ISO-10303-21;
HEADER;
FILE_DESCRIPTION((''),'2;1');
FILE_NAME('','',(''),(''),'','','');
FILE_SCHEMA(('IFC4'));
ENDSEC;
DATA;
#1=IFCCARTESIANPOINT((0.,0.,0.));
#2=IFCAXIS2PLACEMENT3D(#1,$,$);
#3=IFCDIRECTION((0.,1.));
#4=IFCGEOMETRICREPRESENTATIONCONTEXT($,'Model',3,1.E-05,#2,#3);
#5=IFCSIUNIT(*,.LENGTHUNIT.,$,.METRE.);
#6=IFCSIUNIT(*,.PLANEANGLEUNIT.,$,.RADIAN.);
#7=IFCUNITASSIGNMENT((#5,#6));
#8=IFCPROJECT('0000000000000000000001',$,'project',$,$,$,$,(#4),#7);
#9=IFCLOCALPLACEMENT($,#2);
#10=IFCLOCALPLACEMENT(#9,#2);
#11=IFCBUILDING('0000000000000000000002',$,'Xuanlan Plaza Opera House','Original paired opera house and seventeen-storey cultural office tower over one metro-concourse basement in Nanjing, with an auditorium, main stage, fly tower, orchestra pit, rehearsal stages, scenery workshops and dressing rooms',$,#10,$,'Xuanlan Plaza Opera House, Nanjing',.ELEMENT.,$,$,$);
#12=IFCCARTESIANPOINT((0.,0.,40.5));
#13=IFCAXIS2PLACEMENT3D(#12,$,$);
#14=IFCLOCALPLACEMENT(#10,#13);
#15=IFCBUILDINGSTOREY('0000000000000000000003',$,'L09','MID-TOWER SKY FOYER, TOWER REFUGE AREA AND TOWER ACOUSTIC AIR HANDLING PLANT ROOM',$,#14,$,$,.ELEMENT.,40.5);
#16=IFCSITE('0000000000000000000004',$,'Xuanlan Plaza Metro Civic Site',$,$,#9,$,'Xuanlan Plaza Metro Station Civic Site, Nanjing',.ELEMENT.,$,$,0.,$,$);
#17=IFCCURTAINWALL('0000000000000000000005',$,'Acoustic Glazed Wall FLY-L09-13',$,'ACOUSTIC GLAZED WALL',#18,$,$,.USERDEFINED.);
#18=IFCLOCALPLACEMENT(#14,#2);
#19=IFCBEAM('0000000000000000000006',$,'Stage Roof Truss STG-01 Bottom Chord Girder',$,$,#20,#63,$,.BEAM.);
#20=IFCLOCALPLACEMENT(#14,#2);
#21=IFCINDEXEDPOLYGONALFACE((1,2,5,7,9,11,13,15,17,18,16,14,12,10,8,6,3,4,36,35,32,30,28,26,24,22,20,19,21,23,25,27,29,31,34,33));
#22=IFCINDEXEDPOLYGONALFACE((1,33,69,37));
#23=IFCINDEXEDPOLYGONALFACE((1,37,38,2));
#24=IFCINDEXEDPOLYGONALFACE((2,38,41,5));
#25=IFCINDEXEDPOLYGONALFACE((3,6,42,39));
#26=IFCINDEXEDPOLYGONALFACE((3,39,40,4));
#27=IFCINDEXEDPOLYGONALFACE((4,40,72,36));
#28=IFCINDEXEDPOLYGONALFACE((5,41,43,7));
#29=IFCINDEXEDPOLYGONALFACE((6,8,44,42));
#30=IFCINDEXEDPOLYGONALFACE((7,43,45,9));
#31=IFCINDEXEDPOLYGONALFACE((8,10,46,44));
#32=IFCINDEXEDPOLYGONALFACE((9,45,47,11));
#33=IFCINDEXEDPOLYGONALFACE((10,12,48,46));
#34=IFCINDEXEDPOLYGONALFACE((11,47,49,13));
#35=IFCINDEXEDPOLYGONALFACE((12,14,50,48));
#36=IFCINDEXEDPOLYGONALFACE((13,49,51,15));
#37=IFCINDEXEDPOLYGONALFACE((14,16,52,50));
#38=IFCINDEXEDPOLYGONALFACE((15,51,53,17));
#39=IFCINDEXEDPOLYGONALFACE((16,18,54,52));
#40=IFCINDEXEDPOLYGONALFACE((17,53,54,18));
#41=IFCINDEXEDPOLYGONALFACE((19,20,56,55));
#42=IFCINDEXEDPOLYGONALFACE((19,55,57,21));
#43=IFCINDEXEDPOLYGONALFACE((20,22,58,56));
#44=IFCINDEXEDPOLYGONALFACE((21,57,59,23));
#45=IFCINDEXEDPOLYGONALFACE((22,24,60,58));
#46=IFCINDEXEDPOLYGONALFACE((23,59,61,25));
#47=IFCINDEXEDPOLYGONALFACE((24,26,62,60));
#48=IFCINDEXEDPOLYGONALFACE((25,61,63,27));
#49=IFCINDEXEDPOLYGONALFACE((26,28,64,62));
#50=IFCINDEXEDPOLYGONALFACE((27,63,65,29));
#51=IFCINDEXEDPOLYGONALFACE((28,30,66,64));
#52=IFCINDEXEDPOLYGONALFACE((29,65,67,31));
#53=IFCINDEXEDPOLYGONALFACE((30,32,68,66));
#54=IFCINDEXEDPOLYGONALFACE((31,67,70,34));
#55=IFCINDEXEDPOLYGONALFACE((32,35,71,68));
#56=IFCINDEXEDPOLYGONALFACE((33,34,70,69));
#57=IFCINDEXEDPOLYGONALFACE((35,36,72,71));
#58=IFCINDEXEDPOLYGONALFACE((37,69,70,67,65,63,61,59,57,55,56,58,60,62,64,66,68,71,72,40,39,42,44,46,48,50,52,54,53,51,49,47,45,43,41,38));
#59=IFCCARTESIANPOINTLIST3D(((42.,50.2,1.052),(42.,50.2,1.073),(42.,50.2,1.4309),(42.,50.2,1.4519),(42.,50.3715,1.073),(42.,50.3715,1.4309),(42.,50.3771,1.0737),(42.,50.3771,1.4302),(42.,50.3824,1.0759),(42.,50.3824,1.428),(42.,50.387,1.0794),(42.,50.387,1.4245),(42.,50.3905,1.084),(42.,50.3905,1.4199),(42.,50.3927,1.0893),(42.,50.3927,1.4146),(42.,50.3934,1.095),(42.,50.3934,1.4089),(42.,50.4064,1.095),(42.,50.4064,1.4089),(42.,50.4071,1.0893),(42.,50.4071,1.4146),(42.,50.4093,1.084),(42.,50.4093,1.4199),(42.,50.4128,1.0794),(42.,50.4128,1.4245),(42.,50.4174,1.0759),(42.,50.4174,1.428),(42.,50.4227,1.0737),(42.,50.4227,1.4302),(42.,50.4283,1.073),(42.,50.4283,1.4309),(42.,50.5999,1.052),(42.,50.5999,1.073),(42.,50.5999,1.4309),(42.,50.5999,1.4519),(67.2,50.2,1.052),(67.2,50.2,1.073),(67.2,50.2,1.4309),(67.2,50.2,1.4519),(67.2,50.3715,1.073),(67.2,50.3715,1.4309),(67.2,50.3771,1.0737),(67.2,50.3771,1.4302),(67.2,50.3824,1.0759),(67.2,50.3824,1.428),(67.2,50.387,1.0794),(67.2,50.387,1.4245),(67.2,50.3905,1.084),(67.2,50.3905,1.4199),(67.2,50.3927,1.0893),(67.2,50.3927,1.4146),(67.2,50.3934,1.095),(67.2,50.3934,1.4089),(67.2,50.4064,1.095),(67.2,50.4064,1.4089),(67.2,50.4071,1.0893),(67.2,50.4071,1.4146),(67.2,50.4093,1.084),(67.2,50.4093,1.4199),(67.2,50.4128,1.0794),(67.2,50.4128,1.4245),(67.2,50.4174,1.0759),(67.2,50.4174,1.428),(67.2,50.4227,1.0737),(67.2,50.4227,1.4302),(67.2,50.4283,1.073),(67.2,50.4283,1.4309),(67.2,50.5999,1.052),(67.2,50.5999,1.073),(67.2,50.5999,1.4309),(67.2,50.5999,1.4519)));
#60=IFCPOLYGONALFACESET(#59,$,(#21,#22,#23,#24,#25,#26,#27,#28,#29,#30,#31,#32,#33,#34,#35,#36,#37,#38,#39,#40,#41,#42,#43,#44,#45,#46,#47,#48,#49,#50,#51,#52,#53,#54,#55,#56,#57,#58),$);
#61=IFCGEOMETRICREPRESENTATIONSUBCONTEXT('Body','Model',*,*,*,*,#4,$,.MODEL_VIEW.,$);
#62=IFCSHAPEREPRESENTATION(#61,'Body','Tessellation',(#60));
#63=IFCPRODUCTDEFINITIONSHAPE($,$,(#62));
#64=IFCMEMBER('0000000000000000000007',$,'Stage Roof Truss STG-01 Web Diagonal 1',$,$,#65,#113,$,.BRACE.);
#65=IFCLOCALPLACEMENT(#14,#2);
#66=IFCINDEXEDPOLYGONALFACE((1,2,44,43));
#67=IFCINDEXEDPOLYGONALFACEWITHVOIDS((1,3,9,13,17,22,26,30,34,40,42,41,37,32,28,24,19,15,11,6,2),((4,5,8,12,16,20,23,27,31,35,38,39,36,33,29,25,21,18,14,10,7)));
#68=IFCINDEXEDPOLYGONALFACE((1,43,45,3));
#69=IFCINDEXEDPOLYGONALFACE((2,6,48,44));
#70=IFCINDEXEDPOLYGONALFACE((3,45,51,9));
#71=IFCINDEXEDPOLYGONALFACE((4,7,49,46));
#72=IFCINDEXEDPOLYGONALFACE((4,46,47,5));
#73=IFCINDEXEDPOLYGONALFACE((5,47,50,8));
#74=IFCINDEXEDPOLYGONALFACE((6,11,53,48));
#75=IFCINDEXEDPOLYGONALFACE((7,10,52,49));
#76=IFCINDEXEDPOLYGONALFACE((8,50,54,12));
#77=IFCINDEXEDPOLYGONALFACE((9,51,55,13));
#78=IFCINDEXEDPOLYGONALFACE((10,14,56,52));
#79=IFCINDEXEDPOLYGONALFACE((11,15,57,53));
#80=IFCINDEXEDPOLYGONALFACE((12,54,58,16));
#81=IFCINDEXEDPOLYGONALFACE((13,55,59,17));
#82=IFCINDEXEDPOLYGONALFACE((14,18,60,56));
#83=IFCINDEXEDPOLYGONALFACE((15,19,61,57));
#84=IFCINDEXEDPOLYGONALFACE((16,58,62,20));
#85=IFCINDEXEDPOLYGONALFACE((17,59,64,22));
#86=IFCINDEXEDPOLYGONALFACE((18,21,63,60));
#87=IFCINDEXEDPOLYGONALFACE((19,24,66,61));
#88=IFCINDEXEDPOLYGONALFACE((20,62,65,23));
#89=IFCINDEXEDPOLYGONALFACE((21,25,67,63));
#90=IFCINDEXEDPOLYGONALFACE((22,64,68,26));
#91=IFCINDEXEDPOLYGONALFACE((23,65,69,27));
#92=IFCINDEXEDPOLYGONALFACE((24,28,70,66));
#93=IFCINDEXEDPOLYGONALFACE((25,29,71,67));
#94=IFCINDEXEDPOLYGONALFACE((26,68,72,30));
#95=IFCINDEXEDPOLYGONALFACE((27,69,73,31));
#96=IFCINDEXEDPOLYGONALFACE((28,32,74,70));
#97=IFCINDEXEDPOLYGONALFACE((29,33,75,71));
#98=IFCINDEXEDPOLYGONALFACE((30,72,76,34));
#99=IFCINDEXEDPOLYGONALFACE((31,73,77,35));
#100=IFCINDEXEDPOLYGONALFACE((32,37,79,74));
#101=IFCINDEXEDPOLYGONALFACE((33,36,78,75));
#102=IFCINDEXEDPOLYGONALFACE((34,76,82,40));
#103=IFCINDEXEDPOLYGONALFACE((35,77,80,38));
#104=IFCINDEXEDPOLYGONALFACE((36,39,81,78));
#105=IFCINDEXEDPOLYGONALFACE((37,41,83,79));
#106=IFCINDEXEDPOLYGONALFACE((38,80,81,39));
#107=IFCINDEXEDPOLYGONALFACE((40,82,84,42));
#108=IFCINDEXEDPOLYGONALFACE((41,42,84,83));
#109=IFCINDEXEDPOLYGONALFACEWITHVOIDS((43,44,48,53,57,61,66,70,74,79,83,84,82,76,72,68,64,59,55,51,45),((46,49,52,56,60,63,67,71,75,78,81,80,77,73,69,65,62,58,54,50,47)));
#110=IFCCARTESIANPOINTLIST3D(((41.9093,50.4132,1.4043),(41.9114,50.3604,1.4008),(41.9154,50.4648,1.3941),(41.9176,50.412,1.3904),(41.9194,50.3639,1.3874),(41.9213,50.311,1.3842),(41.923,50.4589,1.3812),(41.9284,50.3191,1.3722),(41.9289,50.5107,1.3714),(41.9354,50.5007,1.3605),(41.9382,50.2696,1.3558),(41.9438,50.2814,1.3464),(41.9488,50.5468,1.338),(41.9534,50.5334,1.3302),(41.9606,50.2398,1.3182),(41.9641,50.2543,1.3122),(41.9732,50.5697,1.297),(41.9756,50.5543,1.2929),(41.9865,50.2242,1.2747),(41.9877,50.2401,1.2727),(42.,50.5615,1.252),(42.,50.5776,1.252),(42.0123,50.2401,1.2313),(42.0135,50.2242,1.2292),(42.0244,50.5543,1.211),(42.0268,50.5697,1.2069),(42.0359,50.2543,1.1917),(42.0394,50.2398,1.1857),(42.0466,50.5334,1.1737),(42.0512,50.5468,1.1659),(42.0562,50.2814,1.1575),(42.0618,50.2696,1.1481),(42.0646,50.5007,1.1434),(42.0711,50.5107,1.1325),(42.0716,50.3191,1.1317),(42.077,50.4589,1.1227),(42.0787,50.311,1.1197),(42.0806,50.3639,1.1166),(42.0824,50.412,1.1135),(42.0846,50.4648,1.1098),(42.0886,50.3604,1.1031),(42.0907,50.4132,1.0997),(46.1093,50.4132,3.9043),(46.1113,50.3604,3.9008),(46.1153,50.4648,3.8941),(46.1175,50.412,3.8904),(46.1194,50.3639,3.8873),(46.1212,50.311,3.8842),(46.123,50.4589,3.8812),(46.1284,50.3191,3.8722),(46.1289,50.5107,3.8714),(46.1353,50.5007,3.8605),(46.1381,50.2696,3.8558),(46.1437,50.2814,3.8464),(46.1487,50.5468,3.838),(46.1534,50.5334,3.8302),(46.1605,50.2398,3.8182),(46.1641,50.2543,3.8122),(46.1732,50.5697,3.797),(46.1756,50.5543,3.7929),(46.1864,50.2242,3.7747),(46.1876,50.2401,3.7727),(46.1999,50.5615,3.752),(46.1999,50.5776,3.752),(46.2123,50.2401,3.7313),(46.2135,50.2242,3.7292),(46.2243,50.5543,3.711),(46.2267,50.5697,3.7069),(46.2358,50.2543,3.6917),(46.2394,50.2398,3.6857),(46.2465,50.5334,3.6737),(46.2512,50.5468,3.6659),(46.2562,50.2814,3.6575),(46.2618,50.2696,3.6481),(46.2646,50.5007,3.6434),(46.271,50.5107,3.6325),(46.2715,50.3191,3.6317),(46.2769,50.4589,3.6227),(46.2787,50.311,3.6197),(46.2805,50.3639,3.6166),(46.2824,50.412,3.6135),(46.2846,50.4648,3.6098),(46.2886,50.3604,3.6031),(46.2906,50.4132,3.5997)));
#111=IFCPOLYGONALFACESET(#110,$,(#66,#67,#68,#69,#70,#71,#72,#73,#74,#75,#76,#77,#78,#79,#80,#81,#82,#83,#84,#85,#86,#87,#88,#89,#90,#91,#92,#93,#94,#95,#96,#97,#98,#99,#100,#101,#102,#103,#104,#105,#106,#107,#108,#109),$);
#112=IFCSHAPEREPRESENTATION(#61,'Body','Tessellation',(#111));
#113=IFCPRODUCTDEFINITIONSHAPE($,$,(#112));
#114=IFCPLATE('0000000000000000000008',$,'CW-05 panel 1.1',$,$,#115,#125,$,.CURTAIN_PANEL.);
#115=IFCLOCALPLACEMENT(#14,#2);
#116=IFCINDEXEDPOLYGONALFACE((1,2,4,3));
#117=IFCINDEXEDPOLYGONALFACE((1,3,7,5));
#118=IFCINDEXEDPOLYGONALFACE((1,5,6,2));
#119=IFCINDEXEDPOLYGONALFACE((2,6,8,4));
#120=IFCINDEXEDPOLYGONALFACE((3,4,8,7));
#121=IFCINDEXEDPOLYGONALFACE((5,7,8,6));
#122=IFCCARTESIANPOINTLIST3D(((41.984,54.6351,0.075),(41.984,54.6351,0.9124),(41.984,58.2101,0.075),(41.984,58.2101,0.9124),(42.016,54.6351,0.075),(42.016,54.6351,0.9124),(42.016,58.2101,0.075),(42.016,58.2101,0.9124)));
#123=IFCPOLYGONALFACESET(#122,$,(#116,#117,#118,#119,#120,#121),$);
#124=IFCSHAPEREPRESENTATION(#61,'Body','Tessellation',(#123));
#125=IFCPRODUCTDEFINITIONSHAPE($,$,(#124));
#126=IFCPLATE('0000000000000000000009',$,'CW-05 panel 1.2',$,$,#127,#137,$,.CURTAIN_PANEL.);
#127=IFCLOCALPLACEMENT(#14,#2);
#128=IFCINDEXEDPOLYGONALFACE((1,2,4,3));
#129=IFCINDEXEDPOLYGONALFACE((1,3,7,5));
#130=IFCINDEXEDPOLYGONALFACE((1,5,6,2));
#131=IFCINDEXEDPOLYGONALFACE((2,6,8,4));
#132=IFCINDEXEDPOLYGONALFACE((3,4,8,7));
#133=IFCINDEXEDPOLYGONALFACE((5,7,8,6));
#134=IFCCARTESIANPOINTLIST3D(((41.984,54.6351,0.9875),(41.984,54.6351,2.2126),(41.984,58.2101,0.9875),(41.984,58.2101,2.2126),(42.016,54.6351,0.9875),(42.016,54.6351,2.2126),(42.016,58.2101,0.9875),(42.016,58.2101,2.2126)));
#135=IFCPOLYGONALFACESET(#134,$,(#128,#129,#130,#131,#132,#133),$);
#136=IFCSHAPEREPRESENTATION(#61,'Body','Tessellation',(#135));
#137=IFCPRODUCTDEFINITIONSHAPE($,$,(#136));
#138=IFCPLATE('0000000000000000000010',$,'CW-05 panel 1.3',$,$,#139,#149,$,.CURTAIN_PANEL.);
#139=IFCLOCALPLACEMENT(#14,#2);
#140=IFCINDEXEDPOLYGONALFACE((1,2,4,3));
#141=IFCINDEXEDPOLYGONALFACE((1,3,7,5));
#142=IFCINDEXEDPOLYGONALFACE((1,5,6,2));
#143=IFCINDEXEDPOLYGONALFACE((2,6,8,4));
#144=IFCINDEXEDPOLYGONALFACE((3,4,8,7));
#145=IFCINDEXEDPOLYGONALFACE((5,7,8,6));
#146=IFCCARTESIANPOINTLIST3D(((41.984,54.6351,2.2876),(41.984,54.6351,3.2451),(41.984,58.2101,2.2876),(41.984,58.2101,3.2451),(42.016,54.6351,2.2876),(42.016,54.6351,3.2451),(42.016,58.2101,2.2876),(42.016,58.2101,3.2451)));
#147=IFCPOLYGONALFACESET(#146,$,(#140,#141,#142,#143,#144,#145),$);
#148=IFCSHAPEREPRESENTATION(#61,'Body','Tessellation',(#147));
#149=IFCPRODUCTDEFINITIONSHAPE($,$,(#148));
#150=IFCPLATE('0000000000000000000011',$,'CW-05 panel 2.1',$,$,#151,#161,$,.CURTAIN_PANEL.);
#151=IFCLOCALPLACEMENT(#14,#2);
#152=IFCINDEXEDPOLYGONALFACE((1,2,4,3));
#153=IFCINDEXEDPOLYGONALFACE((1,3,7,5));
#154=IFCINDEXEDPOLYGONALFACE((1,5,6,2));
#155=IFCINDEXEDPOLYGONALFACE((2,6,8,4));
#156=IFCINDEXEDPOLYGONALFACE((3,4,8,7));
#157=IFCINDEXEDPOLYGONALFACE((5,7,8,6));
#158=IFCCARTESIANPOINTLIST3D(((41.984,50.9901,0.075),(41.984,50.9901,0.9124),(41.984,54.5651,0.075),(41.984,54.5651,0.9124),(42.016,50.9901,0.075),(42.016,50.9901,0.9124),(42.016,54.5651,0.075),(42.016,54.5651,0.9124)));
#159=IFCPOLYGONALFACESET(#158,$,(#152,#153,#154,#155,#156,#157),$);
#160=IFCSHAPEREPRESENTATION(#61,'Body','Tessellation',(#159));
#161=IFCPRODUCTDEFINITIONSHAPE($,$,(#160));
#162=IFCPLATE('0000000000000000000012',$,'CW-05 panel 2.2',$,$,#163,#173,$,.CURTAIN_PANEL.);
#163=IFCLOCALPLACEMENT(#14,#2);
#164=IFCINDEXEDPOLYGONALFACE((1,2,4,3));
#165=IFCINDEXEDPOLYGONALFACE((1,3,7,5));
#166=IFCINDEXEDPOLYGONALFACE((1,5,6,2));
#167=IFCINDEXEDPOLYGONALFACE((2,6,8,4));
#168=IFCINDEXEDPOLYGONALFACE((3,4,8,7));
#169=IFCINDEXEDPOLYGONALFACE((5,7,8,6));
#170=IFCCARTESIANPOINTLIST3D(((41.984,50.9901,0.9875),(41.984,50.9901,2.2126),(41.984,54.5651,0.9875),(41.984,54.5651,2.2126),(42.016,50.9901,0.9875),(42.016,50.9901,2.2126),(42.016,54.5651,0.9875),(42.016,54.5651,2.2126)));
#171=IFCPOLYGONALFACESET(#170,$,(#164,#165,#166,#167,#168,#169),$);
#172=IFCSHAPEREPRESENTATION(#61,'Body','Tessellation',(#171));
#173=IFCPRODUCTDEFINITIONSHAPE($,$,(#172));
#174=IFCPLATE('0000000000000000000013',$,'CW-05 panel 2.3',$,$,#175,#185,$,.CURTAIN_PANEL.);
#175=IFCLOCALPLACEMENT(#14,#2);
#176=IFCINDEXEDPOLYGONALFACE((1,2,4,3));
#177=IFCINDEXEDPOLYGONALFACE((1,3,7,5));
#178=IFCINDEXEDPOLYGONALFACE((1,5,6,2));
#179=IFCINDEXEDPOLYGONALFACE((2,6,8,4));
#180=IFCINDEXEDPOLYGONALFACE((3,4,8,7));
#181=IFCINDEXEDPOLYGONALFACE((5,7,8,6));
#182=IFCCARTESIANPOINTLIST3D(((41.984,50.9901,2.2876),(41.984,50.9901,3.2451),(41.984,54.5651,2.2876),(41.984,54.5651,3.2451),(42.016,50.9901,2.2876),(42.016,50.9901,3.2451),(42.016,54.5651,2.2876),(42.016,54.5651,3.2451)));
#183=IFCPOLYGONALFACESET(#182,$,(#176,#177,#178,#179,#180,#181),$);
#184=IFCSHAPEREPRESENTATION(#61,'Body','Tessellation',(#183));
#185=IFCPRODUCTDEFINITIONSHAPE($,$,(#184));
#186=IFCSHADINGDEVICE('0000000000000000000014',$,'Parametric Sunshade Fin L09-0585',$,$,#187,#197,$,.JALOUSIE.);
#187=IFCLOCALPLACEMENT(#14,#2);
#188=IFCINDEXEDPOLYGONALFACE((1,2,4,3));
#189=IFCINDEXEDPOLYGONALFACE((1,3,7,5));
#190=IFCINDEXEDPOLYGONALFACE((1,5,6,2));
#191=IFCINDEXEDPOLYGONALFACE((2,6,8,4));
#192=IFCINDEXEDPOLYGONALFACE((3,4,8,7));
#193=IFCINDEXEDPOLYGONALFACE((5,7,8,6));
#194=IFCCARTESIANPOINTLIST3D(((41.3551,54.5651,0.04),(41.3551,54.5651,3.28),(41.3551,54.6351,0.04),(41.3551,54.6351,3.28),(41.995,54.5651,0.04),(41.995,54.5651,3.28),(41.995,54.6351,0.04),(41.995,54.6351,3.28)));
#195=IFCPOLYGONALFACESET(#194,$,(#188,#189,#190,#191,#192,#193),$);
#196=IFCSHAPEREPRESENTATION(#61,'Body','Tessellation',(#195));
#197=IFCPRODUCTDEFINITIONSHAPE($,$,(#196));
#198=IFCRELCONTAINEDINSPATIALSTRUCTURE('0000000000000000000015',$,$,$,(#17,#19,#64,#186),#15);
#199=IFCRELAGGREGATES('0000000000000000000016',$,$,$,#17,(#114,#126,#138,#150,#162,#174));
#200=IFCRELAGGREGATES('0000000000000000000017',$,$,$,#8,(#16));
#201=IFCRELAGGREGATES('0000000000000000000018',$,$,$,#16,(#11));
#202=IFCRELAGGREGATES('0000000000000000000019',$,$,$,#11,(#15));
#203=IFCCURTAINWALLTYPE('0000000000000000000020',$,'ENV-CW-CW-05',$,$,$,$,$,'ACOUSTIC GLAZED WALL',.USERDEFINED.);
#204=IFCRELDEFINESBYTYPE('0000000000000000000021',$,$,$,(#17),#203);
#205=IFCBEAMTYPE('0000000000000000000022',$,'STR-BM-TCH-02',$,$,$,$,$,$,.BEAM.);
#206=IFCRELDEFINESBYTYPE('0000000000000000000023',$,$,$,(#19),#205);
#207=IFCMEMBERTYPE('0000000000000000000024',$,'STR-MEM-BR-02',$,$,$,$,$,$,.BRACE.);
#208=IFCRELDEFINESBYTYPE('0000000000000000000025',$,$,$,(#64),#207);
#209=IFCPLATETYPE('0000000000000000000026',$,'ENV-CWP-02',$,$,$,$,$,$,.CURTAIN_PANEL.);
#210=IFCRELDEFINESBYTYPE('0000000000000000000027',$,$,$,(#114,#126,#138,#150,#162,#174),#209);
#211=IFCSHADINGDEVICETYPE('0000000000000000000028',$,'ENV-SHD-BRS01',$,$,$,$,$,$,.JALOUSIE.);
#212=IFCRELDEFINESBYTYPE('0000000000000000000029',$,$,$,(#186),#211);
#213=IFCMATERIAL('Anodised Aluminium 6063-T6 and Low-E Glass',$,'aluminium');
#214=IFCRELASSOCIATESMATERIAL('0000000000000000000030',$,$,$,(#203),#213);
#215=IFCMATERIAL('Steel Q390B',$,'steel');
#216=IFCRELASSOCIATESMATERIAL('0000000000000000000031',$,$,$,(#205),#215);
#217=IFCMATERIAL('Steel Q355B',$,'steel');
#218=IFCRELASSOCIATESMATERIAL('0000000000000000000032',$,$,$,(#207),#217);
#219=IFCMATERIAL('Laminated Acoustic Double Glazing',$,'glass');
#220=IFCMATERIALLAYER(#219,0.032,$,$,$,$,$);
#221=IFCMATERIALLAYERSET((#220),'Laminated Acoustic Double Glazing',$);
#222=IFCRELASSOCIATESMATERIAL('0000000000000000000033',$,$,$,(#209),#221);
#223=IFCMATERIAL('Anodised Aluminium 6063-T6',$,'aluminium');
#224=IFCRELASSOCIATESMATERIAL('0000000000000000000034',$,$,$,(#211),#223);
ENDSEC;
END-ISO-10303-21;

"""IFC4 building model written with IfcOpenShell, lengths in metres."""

from ifc_helpers import new_model, si_unit, direction, frame, origin, origin_2d, place, context, subcontext, project, spatial, rectangle, hollow_circle, i_section, extrude, material, layer, layer_set, material_profile, profile_set, type_object, element, aggregate, save


model = new_model("IFC4")

# Units and contexts
model_context = context("Model", 3, precision=1e-05, world=origin(), true_north=direction((0.0, 1.0)))
body_context = subcontext(model_context, "Body", "Model", "MODEL_VIEW")
ifc_project = project(units=[si_unit("LENGTHUNIT", "METRE"), si_unit("PLANEANGLEUNIT", "RADIAN")], contexts=[model_context])

# Site, building, storey
site_placement = place(None, origin())
site = spatial("IfcSite", under=ifc_project, at=site_placement, Name="Xuanlan Plaza Metro Civic Site", LongName="Xuanlan Plaza Metro Station Civic Site, Nanjing", CompositionType="ELEMENT", RefElevation=0.0)
building_placement = place(site_placement, origin())
building = spatial("IfcBuilding", under=site, at=building_placement, Name="Xuanlan Plaza Opera House", Description="Original paired opera house and seventeen-storey cultural office tower over one metro-concourse basement in Nanjing, with an auditorium, main stage, fly tower, orchestra pit, rehearsal stages, scenery workshops and dressing rooms", LongName="Xuanlan Plaza Opera House, Nanjing", CompositionType="ELEMENT")
storey_placement = place(building_placement, frame((0.0, 0.0, 40.5)))
storey = spatial("IfcBuildingStorey", under=building, at=storey_placement, Name="L09", Description="MID-TOWER SKY FOYER, TOWER REFUGE AREA AND TOWER ACOUSTIC AIR HANDLING PLANT ROOM", CompositionType="ELEMENT", Elevation=40.5)

# Curtain wall
ifc_material_1 = material(Name="Anodised Aluminium 6063-T6 and Low-E Glass", Category="aluminium")
curtain_wall_type = type_object("IfcCurtainWallType", Name="ENV-CW-CW-05", ElementType="ACOUSTIC GLAZED WALL", PredefinedType="USERDEFINED", material=ifc_material_1)
curtain_wall_1_placement = place(storey_placement, origin())
curtain_wall_1 = element("IfcCurtainWall", 1, at=curtain_wall_1_placement, inside=storey, type_object=curtain_wall_type, Name="Acoustic Glazed Wall FLY-L09-13", ObjectType="ACOUSTIC GLAZED WALL", PredefinedType="USERDEFINED")
ifc_material_2 = material(Name="Anodised Aluminium 6063-T6", Category="aluminium")

# Beam
ifc_material_3 = material(Name="Steel Q355B", Category="steel")
ifc_material_4 = material(Name="Steel Q390B", Category="steel")
ifc_material_profile_1 = material_profile(ifc_material_4, i_section(OverallWidth=0.3999, OverallDepth=0.3999, WebThickness=0.0129, FlangeThickness=0.021, FilletRadius=0.022, at=origin_2d()), Name="HW 400x400x13x21")
ifc_profile_set_1 = profile_set([ifc_material_profile_1], Name="Steel Q390B")
beam_type_1 = type_object("IfcBeamType", Name="STR-BM-TCH-02", PredefinedType="BEAM", material=ifc_profile_set_1)
beam_1_placement = place(storey_placement, frame((42.0, 50.3999, 1.252), z_axis=(1.0, 0.0, 0.0), x_axis=(0.0, 1.0, 0.0)))
element("IfcBeam", 2, at=beam_1_placement, inside=storey, type_object=beam_type_1, Name="Stage Roof Truss STG-01 Bottom Chord Girder", PredefinedType="BEAM", context=body_context, shape_type="SweptSolid", body=[
    extrude(i_section(OverallWidth=0.3999, OverallDepth=0.3999, WebThickness=0.0129, FlangeThickness=0.021, FilletRadius=0.022, at=origin_2d()), origin(), (0.0, 0.0, 1.0), 25.2),
])

# Member
ifc_material_profile_2 = material_profile(ifc_material_3, hollow_circle(Radius=0.1777, WallThickness=0.0161, at=origin_2d()), Name="CHS 355.6x16")
ifc_profile_set_2 = profile_set([ifc_material_profile_2], Name="Steel Q355B")
member_type_1 = type_object("IfcMemberType", Name="STR-MEM-BR-02", PredefinedType="BRACE", material=ifc_profile_set_2)
member_1_placement = place(storey_placement, frame((42.0, 50.3999, 1.252), z_axis=(0.85929, 0.0, 0.511488), x_axis=(0.0, 1.0, 0.0)))
element("IfcMember", 3, at=member_1_placement, inside=storey, type_object=member_type_1, Name="Stage Roof Truss STG-01 Web Diagonal 1", PredefinedType="BRACE", context=body_context, shape_type="SweptSolid", body=[
    extrude(hollow_circle(Radius=0.1777, WallThickness=0.0161, at=origin_2d()), origin(), (0.0, 0.0, 1.0), 4.8877),
])

# Plates
ifc_material_5 = material(Name="Laminated Acoustic Double Glazing", Category="glass")
ifc_layer = layer(ifc_material_5, 0.032)
ifc_layer_set = layer_set([ifc_layer], Name="Laminated Acoustic Double Glazing")
plate_type = type_object("IfcPlateType", Name="ENV-CWP-02", PredefinedType="CURTAIN_PANEL", material=ifc_layer_set)
plate_1_placement = place(storey_placement, frame((42.0, 56.4226, 0.075), z_axis=(0.0, 0.0, 1.0), x_axis=(0.0, -1.0, 0.0)))
plate_1 = element("IfcPlate", 4, at=plate_1_placement, type_object=plate_type, Name="CW-05 panel 1.1", PredefinedType="CURTAIN_PANEL", context=body_context, shape_type="SweptSolid", body=[
    extrude(rectangle(XDim=3.575, YDim=0.032, at=origin_2d()), origin(), (0.0, 0.0, 1.0), 0.8374),
])
plate_2_placement = place(storey_placement, frame((42.0, 56.4226, 0.9875), z_axis=(0.0, 0.0, 1.0), x_axis=(0.0, -1.0, 0.0)))
plate_2 = element("IfcPlate", 5, at=plate_2_placement, type_object=plate_type, Name="CW-05 panel 1.2", PredefinedType="CURTAIN_PANEL", context=body_context, shape_type="SweptSolid", body=[
    extrude(rectangle(XDim=3.575, YDim=0.032, at=origin_2d()), origin(), (0.0, 0.0, 1.0), 1.2251),
])
plate_3_placement = place(storey_placement, frame((42.0, 56.4226, 2.2876), z_axis=(0.0, 0.0, 1.0), x_axis=(0.0, -1.0, 0.0)))
plate_3 = element("IfcPlate", 6, at=plate_3_placement, type_object=plate_type, Name="CW-05 panel 1.3", PredefinedType="CURTAIN_PANEL", context=body_context, shape_type="SweptSolid", body=[
    extrude(rectangle(XDim=3.575, YDim=0.032, at=origin_2d()), origin(), (0.0, 0.0, 1.0), 0.9575),
])
plate_4_placement = place(storey_placement, frame((42.0, 52.7776, 0.075), z_axis=(0.0, 0.0, 1.0), x_axis=(0.0, -1.0, 0.0)))
plate_4 = element("IfcPlate", 7, at=plate_4_placement, type_object=plate_type, Name="CW-05 panel 2.1", PredefinedType="CURTAIN_PANEL", context=body_context, shape_type="SweptSolid", body=[
    extrude(rectangle(XDim=3.575, YDim=0.032, at=origin_2d()), origin(), (0.0, 0.0, 1.0), 0.8374),
])
plate_5_placement = place(storey_placement, frame((42.0, 52.7776, 0.9875), z_axis=(0.0, 0.0, 1.0), x_axis=(0.0, -1.0, 0.0)))
plate_5 = element("IfcPlate", 8, at=plate_5_placement, type_object=plate_type, Name="CW-05 panel 2.2", PredefinedType="CURTAIN_PANEL", context=body_context, shape_type="SweptSolid", body=[
    extrude(rectangle(XDim=3.575, YDim=0.032, at=origin_2d()), origin(), (0.0, 0.0, 1.0), 1.2251),
])
plate_6_placement = place(storey_placement, frame((42.0, 52.7776, 2.2876), z_axis=(0.0, 0.0, 1.0), x_axis=(0.0, -1.0, 0.0)))
plate_6 = element("IfcPlate", 9, at=plate_6_placement, type_object=plate_type, Name="CW-05 panel 2.3", PredefinedType="CURTAIN_PANEL", context=body_context, shape_type="SweptSolid", body=[
    extrude(rectangle(XDim=3.575, YDim=0.032, at=origin_2d()), origin(), (0.0, 0.0, 1.0), 0.9575),
])
aggregate(curtain_wall_1, [plate_1, plate_2, plate_3, plate_4, plate_5, plate_6])

# Shading device
shading_device_type = type_object("IfcShadingDeviceType", Name="ENV-SHD-BRS01", PredefinedType="JALOUSIE", material=ifc_material_2)
shading_device_placement = place(storey_placement, frame((41.675, 54.6001, 0.04), z_axis=(0.0, 0.0, 1.0), x_axis=(-1.0, 0.0, 0.0)))
element("IfcShadingDevice", 10, at=shading_device_placement, inside=storey, type_object=shading_device_type, Name="Parametric Sunshade Fin L09-0585", PredefinedType="JALOUSIE", context=body_context, shape_type="SweptSolid", body=[
    extrude(rectangle(XDim=0.6399, YDim=0.0701, at=origin_2d()), origin(), (0.0, 0.0, 1.0), 3.24),
])

save(model, "model.ifc")
